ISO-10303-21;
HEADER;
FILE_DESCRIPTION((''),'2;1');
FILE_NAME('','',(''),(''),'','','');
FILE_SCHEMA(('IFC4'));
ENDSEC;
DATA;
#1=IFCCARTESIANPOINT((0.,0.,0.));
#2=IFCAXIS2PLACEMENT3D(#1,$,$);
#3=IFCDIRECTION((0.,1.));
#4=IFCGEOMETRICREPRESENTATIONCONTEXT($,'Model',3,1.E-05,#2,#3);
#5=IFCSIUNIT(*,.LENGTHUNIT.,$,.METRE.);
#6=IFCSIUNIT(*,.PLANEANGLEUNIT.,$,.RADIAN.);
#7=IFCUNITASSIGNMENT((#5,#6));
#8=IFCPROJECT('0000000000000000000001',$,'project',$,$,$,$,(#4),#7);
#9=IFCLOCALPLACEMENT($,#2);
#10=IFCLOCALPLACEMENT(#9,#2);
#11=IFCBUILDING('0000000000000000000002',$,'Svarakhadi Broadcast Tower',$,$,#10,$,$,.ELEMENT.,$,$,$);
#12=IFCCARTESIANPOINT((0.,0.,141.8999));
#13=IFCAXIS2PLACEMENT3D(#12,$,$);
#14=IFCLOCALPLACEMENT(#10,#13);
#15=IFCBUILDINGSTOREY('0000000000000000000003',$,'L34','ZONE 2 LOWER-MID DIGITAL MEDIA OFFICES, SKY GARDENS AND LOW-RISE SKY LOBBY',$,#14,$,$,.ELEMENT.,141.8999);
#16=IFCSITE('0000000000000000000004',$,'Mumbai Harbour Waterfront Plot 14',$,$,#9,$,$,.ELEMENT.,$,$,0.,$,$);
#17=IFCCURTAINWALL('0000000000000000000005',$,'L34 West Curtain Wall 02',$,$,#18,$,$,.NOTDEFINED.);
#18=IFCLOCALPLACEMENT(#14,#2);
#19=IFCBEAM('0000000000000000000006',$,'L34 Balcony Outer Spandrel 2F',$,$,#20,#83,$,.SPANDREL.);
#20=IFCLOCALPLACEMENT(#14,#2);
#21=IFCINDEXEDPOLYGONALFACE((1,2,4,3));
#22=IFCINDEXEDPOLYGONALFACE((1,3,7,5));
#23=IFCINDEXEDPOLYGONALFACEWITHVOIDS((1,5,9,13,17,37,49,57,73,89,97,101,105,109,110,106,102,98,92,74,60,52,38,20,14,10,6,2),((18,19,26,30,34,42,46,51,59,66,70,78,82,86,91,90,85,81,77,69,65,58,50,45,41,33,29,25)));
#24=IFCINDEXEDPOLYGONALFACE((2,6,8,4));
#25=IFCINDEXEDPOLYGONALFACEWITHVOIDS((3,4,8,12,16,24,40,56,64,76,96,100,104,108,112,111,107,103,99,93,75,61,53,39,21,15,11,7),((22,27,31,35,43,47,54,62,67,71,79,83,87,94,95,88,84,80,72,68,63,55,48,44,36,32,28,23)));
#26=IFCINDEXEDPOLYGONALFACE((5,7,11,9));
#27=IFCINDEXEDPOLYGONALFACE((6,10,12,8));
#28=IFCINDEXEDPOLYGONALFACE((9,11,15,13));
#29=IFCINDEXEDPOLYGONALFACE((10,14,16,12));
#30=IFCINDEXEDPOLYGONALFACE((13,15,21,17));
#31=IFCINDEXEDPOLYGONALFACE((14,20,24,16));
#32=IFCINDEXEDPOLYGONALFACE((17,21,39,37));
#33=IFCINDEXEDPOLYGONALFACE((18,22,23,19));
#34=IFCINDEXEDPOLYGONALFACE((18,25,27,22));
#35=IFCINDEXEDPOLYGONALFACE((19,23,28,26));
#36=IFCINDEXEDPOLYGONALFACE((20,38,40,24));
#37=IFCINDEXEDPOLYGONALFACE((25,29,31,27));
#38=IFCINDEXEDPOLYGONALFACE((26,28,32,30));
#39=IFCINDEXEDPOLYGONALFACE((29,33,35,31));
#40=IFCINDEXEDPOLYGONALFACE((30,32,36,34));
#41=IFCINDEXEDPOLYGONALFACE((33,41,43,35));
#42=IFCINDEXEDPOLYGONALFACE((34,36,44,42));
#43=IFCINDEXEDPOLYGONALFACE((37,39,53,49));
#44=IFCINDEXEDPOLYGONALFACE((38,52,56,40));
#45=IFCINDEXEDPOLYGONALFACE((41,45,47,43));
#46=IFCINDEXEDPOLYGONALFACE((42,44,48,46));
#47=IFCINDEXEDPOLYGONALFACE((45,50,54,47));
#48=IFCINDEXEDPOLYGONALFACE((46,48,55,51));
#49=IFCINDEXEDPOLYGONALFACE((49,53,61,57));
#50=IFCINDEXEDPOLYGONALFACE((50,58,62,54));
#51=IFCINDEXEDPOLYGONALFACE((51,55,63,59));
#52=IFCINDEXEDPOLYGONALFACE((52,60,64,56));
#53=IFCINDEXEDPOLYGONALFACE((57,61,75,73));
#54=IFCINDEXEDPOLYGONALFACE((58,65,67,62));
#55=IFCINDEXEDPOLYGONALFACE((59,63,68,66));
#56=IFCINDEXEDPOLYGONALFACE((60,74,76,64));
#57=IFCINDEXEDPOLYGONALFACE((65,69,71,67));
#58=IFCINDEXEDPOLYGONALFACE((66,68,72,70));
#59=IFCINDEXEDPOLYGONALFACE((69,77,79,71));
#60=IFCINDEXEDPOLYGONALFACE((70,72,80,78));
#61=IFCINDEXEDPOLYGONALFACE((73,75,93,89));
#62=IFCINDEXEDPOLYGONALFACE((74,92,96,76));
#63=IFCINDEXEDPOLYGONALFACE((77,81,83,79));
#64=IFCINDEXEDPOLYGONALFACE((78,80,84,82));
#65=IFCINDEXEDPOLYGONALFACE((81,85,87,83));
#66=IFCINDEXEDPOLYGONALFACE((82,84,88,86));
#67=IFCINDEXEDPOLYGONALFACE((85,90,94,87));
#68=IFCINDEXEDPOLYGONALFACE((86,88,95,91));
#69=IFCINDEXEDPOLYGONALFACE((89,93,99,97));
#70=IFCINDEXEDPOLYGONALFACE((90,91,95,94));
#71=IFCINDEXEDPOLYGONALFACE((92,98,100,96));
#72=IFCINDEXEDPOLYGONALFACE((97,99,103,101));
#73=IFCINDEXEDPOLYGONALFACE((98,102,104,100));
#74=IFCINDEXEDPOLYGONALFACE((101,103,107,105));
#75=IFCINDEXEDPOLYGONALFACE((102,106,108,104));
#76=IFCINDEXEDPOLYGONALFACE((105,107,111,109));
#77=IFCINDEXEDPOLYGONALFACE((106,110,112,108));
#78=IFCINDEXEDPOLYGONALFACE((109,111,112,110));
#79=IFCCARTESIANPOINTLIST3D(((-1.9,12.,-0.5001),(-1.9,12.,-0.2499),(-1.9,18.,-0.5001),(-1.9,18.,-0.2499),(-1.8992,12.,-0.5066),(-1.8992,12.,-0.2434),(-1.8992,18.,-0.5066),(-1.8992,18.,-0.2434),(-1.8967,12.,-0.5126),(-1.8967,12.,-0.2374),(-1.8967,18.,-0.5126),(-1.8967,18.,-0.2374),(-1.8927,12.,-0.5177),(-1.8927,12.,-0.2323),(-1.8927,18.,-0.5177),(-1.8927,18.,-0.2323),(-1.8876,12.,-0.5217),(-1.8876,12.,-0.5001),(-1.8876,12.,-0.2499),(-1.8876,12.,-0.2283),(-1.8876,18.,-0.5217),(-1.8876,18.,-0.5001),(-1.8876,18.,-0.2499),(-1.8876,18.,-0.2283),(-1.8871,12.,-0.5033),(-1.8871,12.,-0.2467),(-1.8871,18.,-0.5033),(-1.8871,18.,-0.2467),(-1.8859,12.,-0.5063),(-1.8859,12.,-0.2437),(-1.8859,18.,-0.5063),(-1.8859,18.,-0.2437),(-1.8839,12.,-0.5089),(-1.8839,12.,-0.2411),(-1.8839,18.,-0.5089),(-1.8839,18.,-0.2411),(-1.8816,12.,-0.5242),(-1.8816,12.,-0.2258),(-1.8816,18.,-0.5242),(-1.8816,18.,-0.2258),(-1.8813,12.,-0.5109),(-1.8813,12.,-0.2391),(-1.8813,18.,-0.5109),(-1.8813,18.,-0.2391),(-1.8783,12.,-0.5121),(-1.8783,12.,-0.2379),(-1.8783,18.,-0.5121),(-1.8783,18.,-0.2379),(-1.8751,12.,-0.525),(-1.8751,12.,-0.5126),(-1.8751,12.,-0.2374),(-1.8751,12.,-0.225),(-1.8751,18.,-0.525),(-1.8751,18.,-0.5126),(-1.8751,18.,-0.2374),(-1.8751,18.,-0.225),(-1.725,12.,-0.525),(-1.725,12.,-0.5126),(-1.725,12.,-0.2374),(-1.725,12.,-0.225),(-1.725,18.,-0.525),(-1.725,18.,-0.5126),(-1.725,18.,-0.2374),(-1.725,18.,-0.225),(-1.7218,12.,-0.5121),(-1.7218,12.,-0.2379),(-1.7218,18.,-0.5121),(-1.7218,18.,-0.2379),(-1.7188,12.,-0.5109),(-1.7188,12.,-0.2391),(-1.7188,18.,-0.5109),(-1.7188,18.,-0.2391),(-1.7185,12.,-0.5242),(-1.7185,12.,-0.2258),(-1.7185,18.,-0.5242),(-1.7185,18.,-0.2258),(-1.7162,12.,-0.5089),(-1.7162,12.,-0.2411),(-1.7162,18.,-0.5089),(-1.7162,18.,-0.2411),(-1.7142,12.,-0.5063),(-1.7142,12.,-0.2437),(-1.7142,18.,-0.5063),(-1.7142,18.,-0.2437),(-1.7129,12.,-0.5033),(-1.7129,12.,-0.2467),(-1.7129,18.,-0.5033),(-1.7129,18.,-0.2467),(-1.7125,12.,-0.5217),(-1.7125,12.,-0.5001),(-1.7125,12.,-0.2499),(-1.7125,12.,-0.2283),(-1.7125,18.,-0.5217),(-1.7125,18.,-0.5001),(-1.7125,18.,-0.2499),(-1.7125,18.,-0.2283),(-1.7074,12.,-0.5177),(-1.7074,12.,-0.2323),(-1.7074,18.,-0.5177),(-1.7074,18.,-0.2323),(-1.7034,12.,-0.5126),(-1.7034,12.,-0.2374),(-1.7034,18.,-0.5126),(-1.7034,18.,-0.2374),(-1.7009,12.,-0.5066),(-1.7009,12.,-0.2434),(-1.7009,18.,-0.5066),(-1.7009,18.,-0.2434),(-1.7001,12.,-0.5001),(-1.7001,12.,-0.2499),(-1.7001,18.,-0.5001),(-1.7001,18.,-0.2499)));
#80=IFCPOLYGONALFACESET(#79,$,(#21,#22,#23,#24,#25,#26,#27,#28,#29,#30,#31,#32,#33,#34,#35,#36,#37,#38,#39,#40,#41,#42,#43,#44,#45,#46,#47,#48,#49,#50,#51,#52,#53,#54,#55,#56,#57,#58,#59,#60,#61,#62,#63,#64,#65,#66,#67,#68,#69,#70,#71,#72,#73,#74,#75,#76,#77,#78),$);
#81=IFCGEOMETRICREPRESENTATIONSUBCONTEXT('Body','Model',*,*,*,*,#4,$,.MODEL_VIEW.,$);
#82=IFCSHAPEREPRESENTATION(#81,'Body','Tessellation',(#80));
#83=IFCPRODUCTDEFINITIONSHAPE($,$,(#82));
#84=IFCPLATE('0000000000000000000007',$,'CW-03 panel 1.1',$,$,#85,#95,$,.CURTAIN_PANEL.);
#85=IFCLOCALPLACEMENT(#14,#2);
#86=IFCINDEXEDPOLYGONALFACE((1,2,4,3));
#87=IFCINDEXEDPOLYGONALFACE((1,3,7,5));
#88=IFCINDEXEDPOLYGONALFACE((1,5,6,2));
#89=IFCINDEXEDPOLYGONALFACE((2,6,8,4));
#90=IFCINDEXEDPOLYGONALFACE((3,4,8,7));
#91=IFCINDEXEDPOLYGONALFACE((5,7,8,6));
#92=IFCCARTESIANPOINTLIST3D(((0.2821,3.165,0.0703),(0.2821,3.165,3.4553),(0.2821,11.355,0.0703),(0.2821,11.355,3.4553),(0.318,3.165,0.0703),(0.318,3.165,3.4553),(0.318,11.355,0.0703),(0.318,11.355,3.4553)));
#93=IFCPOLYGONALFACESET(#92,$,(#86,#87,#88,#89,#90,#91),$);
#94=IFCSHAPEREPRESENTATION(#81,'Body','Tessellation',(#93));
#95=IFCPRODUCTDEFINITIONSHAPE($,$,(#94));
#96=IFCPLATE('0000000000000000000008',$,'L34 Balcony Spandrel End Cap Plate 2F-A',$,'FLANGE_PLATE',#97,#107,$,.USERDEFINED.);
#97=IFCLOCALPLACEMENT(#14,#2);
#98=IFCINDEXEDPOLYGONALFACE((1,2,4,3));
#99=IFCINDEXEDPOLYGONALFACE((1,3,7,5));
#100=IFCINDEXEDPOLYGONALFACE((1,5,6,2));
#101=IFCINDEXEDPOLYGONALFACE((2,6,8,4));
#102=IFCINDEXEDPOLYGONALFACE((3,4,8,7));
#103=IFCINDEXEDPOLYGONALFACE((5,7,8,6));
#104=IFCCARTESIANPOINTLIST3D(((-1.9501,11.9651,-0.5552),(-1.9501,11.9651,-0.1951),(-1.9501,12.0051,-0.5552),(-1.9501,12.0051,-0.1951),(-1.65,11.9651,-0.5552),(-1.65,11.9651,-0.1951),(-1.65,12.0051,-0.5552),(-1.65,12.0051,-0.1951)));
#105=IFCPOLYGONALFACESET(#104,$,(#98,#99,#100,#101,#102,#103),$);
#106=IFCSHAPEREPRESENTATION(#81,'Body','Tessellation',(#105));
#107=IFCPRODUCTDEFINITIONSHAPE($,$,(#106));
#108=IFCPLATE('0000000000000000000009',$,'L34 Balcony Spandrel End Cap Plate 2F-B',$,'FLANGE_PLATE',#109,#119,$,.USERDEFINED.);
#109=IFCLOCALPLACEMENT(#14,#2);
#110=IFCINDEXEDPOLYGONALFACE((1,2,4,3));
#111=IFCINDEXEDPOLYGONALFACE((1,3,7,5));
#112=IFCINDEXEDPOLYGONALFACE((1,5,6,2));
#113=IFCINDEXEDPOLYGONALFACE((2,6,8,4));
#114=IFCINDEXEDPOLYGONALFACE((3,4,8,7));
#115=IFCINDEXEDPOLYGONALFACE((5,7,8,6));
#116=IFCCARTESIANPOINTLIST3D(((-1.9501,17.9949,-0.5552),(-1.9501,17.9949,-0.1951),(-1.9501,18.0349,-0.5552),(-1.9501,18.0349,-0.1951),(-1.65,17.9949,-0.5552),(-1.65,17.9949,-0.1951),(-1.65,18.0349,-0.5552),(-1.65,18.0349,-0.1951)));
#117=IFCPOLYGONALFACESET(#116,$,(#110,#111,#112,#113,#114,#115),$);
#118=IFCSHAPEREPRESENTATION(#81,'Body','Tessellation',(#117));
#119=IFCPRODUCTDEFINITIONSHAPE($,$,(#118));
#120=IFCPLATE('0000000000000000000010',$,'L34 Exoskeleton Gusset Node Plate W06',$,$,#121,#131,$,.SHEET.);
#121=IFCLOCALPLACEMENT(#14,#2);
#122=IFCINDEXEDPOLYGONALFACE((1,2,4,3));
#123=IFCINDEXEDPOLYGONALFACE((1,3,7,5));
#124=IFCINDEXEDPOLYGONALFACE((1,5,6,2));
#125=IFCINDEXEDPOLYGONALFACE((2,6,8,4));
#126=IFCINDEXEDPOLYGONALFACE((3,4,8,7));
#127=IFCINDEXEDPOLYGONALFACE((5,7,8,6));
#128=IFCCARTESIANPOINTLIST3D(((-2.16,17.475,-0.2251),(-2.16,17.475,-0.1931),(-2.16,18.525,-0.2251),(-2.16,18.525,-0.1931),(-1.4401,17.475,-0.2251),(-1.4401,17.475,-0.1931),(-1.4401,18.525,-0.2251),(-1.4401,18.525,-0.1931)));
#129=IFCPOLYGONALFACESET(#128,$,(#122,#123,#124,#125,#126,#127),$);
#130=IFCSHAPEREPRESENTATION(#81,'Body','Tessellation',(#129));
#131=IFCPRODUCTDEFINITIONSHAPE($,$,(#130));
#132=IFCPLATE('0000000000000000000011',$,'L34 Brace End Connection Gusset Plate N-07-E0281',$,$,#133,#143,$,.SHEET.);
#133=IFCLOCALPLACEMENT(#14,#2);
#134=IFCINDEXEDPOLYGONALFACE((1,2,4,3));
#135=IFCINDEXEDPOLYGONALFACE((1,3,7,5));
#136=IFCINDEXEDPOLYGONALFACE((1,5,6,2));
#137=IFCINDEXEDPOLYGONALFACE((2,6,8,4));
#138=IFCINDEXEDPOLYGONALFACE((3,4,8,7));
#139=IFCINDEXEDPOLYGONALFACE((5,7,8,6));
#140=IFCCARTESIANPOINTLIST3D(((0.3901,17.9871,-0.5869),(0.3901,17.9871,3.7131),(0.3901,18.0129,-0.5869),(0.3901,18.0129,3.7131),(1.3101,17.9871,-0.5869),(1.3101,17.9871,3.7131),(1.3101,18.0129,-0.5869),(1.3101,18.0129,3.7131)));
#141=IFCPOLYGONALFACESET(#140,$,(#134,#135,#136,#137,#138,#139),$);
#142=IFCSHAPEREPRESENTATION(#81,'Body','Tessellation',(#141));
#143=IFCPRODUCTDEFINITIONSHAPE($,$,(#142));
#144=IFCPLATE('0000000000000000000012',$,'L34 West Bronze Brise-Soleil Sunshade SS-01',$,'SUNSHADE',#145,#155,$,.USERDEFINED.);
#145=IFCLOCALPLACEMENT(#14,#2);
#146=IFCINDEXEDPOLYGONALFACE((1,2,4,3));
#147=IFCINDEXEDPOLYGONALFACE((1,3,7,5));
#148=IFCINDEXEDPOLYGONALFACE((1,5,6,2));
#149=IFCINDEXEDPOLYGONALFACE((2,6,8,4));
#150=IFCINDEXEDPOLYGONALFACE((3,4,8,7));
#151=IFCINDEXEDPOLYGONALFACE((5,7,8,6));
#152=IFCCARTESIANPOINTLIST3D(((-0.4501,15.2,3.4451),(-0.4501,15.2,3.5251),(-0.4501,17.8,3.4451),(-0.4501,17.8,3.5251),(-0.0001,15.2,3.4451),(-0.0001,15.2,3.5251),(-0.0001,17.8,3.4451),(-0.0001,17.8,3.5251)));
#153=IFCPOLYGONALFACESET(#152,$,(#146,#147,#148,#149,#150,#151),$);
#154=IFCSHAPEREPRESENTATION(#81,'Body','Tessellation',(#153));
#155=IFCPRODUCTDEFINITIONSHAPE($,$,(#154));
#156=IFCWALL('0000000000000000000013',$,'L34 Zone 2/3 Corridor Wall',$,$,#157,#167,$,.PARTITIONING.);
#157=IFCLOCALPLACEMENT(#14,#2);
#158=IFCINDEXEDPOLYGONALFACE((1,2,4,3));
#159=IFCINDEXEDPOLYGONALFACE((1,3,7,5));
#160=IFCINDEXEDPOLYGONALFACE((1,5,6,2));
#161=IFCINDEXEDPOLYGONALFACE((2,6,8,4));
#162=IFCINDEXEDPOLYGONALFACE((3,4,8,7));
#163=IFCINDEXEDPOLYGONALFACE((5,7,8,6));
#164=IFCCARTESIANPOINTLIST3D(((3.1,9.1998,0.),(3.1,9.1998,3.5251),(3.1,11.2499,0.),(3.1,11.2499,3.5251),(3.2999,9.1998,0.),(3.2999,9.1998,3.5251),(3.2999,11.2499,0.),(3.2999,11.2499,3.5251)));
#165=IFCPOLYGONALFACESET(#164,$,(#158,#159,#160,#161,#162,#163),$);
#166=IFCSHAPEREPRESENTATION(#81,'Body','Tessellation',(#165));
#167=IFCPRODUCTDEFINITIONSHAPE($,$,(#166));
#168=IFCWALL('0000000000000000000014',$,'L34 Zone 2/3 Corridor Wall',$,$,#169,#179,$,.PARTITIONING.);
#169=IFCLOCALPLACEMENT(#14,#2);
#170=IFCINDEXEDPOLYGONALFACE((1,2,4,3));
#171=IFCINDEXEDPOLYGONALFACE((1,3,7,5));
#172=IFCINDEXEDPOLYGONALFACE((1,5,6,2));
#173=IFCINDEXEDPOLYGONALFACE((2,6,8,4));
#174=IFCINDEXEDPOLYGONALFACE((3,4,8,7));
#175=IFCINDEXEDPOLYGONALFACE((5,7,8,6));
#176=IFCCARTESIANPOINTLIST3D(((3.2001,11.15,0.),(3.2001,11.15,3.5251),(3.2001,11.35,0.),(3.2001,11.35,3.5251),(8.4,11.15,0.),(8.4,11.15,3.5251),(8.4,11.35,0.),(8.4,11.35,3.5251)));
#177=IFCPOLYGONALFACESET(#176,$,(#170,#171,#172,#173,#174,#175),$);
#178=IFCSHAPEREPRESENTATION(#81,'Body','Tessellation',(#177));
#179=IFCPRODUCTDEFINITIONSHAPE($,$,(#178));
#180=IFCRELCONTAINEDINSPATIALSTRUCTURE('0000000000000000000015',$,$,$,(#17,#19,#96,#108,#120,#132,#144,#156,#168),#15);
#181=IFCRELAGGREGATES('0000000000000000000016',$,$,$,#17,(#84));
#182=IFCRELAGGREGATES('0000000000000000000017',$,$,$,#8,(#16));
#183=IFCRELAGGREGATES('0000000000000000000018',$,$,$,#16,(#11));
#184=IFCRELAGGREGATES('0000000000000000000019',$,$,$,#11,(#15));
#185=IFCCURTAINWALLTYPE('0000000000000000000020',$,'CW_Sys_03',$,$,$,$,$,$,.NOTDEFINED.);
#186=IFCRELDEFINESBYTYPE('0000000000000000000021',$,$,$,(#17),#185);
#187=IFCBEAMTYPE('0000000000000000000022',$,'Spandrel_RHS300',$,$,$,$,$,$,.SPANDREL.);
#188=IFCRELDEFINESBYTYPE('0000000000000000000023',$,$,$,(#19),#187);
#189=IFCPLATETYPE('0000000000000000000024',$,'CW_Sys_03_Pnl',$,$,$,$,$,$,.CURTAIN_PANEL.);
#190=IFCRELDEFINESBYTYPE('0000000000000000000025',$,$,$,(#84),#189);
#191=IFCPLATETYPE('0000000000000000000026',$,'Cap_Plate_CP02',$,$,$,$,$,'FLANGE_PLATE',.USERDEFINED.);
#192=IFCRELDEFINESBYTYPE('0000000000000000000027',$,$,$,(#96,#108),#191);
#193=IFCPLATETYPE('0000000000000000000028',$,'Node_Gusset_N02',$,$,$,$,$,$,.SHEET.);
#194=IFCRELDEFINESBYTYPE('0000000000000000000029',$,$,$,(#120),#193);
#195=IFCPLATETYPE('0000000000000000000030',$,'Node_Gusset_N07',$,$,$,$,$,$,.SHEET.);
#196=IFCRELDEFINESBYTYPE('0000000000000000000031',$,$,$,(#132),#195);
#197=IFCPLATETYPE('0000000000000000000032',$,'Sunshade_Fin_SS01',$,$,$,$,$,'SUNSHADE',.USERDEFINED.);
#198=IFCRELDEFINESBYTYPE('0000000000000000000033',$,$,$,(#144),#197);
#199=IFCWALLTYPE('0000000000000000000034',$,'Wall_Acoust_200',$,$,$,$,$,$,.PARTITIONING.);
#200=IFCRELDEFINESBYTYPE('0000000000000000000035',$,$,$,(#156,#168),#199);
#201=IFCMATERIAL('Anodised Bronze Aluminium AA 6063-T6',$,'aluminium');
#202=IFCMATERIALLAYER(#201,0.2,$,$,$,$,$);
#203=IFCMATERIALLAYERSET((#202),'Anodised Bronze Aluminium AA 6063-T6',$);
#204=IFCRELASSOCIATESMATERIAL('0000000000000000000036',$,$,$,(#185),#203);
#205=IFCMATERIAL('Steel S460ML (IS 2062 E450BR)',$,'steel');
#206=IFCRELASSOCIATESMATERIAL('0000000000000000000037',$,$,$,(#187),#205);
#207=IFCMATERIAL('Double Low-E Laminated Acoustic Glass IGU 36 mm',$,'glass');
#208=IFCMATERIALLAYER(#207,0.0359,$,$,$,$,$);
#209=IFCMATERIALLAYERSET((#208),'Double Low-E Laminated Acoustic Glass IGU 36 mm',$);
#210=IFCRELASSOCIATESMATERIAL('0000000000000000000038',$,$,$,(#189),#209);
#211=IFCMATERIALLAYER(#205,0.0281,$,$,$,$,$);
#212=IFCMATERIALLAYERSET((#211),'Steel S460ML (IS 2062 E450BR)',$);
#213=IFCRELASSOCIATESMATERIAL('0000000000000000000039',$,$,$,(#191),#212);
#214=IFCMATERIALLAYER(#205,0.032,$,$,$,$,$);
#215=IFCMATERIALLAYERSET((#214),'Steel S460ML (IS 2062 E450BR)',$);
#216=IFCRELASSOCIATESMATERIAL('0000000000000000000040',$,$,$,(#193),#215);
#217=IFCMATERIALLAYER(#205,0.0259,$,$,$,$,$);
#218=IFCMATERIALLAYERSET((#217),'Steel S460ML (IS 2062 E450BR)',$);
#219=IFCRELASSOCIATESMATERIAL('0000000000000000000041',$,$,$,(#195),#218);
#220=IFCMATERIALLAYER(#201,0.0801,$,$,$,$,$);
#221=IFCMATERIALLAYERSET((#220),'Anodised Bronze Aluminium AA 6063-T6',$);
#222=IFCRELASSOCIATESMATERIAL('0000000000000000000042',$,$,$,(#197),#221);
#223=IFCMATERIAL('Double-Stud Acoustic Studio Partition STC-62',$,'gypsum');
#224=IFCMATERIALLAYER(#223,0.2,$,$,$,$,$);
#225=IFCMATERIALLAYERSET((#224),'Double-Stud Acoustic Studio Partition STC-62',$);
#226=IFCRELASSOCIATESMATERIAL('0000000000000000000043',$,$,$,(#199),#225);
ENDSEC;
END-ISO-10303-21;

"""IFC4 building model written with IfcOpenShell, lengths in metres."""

from ifc_helpers import new_model, si_unit, direction, frame, frame_2d, origin, origin_2d, place, context, subcontext, project, spatial, rectangle, hollow_rectangle, extrude, material, layer, layer_set, material_profile, profile_set, type_object, element, aggregate, save


model = new_model("IFC4")

# Units and contexts
model_context = context("Model", 3, precision=1e-05, world=origin(), true_north=direction((0.0, 1.0)))
body_context = subcontext(model_context, "Body", "Model", "MODEL_VIEW")
ifc_project = project(units=[si_unit("LENGTHUNIT", "METRE"), si_unit("PLANEANGLEUNIT", "RADIAN")], contexts=[model_context])

# Site, building, storey
site_placement = place(None, origin())
site = spatial("IfcSite", under=ifc_project, at=site_placement, Name="Mumbai Harbour Waterfront Plot 14", CompositionType="ELEMENT", RefElevation=0.0)
building_placement = place(site_placement, origin())
building = spatial("IfcBuilding", under=site, at=building_placement, Name="Svarakhadi Broadcast Tower", CompositionType="ELEMENT")
storey_placement = place(building_placement, frame((0.0, 0.0, 141.8999)))
storey = spatial("IfcBuildingStorey", under=building, at=storey_placement, Name="L34", Description="ZONE 2 LOWER-MID DIGITAL MEDIA OFFICES, SKY GARDENS AND LOW-RISE SKY LOBBY", CompositionType="ELEMENT", Elevation=141.8999)

# Shared definitions
ifc_material_1 = material(Name="Steel S460ML (IS 2062 E450BR)", Category="steel")

# Curtain wall
ifc_material_2 = material(Name="Anodised Bronze Aluminium AA 6063-T6", Category="aluminium")
ifc_layer_1 = layer(ifc_material_2, 0.2)
ifc_layer_set_1 = layer_set([ifc_layer_1], Name="Anodised Bronze Aluminium AA 6063-T6")
curtain_wall_type = type_object("IfcCurtainWallType", Name="CW_Sys_03", PredefinedType="NOTDEFINED", material=ifc_layer_set_1)
curtain_wall_placement = place(storey_placement, origin())
curtain_wall = element("IfcCurtainWall", 1, at=curtain_wall_placement, inside=storey, type_object=curtain_wall_type, Name="L34 West Curtain Wall 02", PredefinedType="NOTDEFINED")

# Beam
ifc_material_profile_1 = material_profile(ifc_material_1, hollow_rectangle(XDim=0.2, YDim=0.3, WallThickness=0.0125, InnerFilletRadius=0.0125, OuterFilletRadius=0.0249, at=origin_2d()), Name="RHS 300x200x12.5")
ifc_profile_set_1 = profile_set([ifc_material_profile_1], Name="Steel S460ML (IS 2062 E450BR)")
beam_type_1 = type_object("IfcBeamType", Name="Spandrel_RHS300", PredefinedType="SPANDREL", material=ifc_profile_set_1)
beam_1_placement = place(storey_placement, frame((-1.8, 12.0, -0.375), z_axis=(0.0, 1.0, 0.0), x_axis=(-1.0, 0.0, 0.0)))
element("IfcBeam", 2, at=beam_1_placement, inside=storey, type_object=beam_type_1, Name="L34 Balcony Outer Spandrel 2F", PredefinedType="SPANDREL", context=body_context, shape_type="SweptSolid", body=[
    extrude(hollow_rectangle(XDim=0.2, YDim=0.3, WallThickness=0.0125, InnerFilletRadius=0.0125, OuterFilletRadius=0.0249, at=origin_2d()), origin(), (0.0, 0.0, 1.0), 6.0),
])

# Plate
ifc_material_3 = material(Name="Double Low-E Laminated Acoustic Glass IGU 36 mm", Category="glass")
ifc_layer_2 = layer(ifc_material_3, 0.0359)
ifc_layer_set_2 = layer_set([ifc_layer_2], Name="Double Low-E Laminated Acoustic Glass IGU 36 mm")
plate_type_1 = type_object("IfcPlateType", Name="CW_Sys_03_Pnl", PredefinedType="CURTAIN_PANEL", material=ifc_layer_set_2)
plate_1_placement = place(storey_placement, frame((0.3, 7.26, 0.0703), z_axis=(0.0, 0.0, 1.0), x_axis=(0.0, 1.0, 0.0)))
plate_1 = element("IfcPlate", 3, at=plate_1_placement, type_object=plate_type_1, Name="CW-03 panel 1.1", PredefinedType="CURTAIN_PANEL", context=body_context, shape_type="SweptSolid", body=[
    extrude(rectangle(XDim=8.1899, YDim=0.0359, at=origin_2d()), origin(), (0.0, 0.0, 1.0), 3.385),
])
aggregate(curtain_wall, [plate_1])

# Plates
ifc_layer_3 = layer(ifc_material_1, 0.0281)
ifc_layer_set_3 = layer_set([ifc_layer_3], Name="Steel S460ML (IS 2062 E450BR)")
plate_type_2 = type_object("IfcPlateType", Name="Cap_Plate_CP02", ElementType="FLANGE_PLATE", PredefinedType="USERDEFINED", material=ifc_layer_set_3)
for number, where, z_axis, x_axis, name in (
    (4, (-1.8, 11.9851, -0.5552), (0.0, 0.0, 1.0), (1.0, 0.0, 0.0), "L34 Balcony Spandrel End Cap Plate 2F-A"),
    (5, (-1.8, 18.0149, -0.5552), (0.0, 0.0, 1.0), (1.0, 0.0, 0.0), "L34 Balcony Spandrel End Cap Plate 2F-B"),
):
    element("IfcPlate", number, at=place(storey_placement, frame(where, z_axis=z_axis, x_axis=x_axis)), inside=storey, type_object=plate_type_2, Name=name, ObjectType="FLANGE_PLATE", PredefinedType="USERDEFINED", context=body_context, shape_type="SweptSolid", body=[
        extrude(rectangle(XDim=0.3, YDim=0.04, at=origin_2d()), origin(), (0.0, 0.0, 1.0), 0.3601),
    ])
ifc_layer_4 = layer(ifc_material_1, 0.032)
ifc_layer_set_4 = layer_set([ifc_layer_4], Name="Steel S460ML (IS 2062 E450BR)")
plate_type_3 = type_object("IfcPlateType", Name="Node_Gusset_N02", PredefinedType="SHEET", material=ifc_layer_set_4)
plate_2_placement = place(storey_placement, frame((-1.8, 18.0, -0.2251), z_axis=(0.0, 0.0, 1.0), x_axis=(0.0, 1.0, 0.0)))
element("IfcPlate", 6, at=plate_2_placement, inside=storey, type_object=plate_type_3, Name="L34 Exoskeleton Gusset Node Plate W06", PredefinedType="SHEET", context=body_context, shape_type="SweptSolid", body=[
    extrude(rectangle(XDim=1.05, YDim=0.72, at=origin_2d()), origin(), (0.0, 0.0, 1.0), 0.032),
])
ifc_layer_5 = layer(ifc_material_1, 0.0259)
ifc_layer_set_5 = layer_set([ifc_layer_5], Name="Steel S460ML (IS 2062 E450BR)")
plate_type_4 = type_object("IfcPlateType", Name="Node_Gusset_N07", PredefinedType="SHEET", material=ifc_layer_set_5)
plate_3_placement = place(storey_placement, frame((0.8501, 18.0, -0.5869), z_axis=(0.0, 0.0, 1.0), x_axis=(1.0, 0.0, 0.0)))
element("IfcPlate", 7, at=plate_3_placement, inside=storey, type_object=plate_type_4, Name="L34 Brace End Connection Gusset Plate N-07-E0281", PredefinedType="SHEET", context=body_context, shape_type="SweptSolid", body=[
    extrude(rectangle(XDim=0.9199, YDim=0.0259, at=origin_2d()), origin(), (0.0, 0.0, 1.0), 4.3),
])
ifc_layer_6 = layer(ifc_material_2, 0.0801)
ifc_layer_set_6 = layer_set([ifc_layer_6], Name="Anodised Bronze Aluminium AA 6063-T6")
plate_type_5 = type_object("IfcPlateType", Name="Sunshade_Fin_SS01", ElementType="SUNSHADE", PredefinedType="USERDEFINED", material=ifc_layer_set_6)
plate_4_placement = place(storey_placement, frame((-0.2251, 16.5, 3.4451), z_axis=(0.0, 0.0, 1.0), x_axis=(0.0, 1.0, 0.0)))
element("IfcPlate", 8, at=plate_4_placement, inside=storey, type_object=plate_type_5, Name="L34 West Bronze Brise-Soleil Sunshade SS-01", ObjectType="SUNSHADE", PredefinedType="USERDEFINED", context=body_context, shape_type="SweptSolid", body=[
    extrude(rectangle(XDim=2.6001, YDim=0.45, at=origin_2d()), origin(), (0.0, 0.0, 1.0), 0.0801),
])

# Walls
ifc_material_4 = material(Name="Double-Stud Acoustic Studio Partition STC-62", Category="gypsum")
ifc_layer_7 = layer(ifc_material_4, 0.2)
ifc_layer_set_7 = layer_set([ifc_layer_7], Name="Double-Stud Acoustic Studio Partition STC-62")
wall_type_1 = type_object("IfcWallType", Name="Wall_Acoust_200", PredefinedType="PARTITIONING", material=ifc_layer_set_7)
wall_1_placement = place(storey_placement, frame((3.2, 9.2, 0.0), z_axis=(0.0, 0.0, 1.0), x_axis=(0.0, 1.0, 0.0)))
element("IfcWall", 9, at=wall_1_placement, inside=storey, type_object=wall_type_1, Name="L34 Zone 2/3 Corridor Wall", PredefinedType="PARTITIONING", context=body_context, shape_type="SweptSolid", body=[
    extrude(rectangle(XDim=2.05, YDim=0.2, at=frame_2d((1.0249, 0.0))), origin(), (0.0, 0.0, 1.0), 3.5251),
])
wall_2_placement = place(storey_placement, frame((3.2, 11.25, 0.0), z_axis=(0.0, 0.0, 1.0), x_axis=(1.0, 0.0, 0.0)))
element("IfcWall", 10, at=wall_2_placement, inside=storey, type_object=wall_type_1, Name="L34 Zone 2/3 Corridor Wall", PredefinedType="PARTITIONING", context=body_context, shape_type="SweptSolid", body=[
    extrude(rectangle(XDim=5.2, YDim=0.2, at=frame_2d((2.6001, 0.0))), origin(), (0.0, 0.0, 1.0), 3.5251),
])

save(model, "model.ifc")
